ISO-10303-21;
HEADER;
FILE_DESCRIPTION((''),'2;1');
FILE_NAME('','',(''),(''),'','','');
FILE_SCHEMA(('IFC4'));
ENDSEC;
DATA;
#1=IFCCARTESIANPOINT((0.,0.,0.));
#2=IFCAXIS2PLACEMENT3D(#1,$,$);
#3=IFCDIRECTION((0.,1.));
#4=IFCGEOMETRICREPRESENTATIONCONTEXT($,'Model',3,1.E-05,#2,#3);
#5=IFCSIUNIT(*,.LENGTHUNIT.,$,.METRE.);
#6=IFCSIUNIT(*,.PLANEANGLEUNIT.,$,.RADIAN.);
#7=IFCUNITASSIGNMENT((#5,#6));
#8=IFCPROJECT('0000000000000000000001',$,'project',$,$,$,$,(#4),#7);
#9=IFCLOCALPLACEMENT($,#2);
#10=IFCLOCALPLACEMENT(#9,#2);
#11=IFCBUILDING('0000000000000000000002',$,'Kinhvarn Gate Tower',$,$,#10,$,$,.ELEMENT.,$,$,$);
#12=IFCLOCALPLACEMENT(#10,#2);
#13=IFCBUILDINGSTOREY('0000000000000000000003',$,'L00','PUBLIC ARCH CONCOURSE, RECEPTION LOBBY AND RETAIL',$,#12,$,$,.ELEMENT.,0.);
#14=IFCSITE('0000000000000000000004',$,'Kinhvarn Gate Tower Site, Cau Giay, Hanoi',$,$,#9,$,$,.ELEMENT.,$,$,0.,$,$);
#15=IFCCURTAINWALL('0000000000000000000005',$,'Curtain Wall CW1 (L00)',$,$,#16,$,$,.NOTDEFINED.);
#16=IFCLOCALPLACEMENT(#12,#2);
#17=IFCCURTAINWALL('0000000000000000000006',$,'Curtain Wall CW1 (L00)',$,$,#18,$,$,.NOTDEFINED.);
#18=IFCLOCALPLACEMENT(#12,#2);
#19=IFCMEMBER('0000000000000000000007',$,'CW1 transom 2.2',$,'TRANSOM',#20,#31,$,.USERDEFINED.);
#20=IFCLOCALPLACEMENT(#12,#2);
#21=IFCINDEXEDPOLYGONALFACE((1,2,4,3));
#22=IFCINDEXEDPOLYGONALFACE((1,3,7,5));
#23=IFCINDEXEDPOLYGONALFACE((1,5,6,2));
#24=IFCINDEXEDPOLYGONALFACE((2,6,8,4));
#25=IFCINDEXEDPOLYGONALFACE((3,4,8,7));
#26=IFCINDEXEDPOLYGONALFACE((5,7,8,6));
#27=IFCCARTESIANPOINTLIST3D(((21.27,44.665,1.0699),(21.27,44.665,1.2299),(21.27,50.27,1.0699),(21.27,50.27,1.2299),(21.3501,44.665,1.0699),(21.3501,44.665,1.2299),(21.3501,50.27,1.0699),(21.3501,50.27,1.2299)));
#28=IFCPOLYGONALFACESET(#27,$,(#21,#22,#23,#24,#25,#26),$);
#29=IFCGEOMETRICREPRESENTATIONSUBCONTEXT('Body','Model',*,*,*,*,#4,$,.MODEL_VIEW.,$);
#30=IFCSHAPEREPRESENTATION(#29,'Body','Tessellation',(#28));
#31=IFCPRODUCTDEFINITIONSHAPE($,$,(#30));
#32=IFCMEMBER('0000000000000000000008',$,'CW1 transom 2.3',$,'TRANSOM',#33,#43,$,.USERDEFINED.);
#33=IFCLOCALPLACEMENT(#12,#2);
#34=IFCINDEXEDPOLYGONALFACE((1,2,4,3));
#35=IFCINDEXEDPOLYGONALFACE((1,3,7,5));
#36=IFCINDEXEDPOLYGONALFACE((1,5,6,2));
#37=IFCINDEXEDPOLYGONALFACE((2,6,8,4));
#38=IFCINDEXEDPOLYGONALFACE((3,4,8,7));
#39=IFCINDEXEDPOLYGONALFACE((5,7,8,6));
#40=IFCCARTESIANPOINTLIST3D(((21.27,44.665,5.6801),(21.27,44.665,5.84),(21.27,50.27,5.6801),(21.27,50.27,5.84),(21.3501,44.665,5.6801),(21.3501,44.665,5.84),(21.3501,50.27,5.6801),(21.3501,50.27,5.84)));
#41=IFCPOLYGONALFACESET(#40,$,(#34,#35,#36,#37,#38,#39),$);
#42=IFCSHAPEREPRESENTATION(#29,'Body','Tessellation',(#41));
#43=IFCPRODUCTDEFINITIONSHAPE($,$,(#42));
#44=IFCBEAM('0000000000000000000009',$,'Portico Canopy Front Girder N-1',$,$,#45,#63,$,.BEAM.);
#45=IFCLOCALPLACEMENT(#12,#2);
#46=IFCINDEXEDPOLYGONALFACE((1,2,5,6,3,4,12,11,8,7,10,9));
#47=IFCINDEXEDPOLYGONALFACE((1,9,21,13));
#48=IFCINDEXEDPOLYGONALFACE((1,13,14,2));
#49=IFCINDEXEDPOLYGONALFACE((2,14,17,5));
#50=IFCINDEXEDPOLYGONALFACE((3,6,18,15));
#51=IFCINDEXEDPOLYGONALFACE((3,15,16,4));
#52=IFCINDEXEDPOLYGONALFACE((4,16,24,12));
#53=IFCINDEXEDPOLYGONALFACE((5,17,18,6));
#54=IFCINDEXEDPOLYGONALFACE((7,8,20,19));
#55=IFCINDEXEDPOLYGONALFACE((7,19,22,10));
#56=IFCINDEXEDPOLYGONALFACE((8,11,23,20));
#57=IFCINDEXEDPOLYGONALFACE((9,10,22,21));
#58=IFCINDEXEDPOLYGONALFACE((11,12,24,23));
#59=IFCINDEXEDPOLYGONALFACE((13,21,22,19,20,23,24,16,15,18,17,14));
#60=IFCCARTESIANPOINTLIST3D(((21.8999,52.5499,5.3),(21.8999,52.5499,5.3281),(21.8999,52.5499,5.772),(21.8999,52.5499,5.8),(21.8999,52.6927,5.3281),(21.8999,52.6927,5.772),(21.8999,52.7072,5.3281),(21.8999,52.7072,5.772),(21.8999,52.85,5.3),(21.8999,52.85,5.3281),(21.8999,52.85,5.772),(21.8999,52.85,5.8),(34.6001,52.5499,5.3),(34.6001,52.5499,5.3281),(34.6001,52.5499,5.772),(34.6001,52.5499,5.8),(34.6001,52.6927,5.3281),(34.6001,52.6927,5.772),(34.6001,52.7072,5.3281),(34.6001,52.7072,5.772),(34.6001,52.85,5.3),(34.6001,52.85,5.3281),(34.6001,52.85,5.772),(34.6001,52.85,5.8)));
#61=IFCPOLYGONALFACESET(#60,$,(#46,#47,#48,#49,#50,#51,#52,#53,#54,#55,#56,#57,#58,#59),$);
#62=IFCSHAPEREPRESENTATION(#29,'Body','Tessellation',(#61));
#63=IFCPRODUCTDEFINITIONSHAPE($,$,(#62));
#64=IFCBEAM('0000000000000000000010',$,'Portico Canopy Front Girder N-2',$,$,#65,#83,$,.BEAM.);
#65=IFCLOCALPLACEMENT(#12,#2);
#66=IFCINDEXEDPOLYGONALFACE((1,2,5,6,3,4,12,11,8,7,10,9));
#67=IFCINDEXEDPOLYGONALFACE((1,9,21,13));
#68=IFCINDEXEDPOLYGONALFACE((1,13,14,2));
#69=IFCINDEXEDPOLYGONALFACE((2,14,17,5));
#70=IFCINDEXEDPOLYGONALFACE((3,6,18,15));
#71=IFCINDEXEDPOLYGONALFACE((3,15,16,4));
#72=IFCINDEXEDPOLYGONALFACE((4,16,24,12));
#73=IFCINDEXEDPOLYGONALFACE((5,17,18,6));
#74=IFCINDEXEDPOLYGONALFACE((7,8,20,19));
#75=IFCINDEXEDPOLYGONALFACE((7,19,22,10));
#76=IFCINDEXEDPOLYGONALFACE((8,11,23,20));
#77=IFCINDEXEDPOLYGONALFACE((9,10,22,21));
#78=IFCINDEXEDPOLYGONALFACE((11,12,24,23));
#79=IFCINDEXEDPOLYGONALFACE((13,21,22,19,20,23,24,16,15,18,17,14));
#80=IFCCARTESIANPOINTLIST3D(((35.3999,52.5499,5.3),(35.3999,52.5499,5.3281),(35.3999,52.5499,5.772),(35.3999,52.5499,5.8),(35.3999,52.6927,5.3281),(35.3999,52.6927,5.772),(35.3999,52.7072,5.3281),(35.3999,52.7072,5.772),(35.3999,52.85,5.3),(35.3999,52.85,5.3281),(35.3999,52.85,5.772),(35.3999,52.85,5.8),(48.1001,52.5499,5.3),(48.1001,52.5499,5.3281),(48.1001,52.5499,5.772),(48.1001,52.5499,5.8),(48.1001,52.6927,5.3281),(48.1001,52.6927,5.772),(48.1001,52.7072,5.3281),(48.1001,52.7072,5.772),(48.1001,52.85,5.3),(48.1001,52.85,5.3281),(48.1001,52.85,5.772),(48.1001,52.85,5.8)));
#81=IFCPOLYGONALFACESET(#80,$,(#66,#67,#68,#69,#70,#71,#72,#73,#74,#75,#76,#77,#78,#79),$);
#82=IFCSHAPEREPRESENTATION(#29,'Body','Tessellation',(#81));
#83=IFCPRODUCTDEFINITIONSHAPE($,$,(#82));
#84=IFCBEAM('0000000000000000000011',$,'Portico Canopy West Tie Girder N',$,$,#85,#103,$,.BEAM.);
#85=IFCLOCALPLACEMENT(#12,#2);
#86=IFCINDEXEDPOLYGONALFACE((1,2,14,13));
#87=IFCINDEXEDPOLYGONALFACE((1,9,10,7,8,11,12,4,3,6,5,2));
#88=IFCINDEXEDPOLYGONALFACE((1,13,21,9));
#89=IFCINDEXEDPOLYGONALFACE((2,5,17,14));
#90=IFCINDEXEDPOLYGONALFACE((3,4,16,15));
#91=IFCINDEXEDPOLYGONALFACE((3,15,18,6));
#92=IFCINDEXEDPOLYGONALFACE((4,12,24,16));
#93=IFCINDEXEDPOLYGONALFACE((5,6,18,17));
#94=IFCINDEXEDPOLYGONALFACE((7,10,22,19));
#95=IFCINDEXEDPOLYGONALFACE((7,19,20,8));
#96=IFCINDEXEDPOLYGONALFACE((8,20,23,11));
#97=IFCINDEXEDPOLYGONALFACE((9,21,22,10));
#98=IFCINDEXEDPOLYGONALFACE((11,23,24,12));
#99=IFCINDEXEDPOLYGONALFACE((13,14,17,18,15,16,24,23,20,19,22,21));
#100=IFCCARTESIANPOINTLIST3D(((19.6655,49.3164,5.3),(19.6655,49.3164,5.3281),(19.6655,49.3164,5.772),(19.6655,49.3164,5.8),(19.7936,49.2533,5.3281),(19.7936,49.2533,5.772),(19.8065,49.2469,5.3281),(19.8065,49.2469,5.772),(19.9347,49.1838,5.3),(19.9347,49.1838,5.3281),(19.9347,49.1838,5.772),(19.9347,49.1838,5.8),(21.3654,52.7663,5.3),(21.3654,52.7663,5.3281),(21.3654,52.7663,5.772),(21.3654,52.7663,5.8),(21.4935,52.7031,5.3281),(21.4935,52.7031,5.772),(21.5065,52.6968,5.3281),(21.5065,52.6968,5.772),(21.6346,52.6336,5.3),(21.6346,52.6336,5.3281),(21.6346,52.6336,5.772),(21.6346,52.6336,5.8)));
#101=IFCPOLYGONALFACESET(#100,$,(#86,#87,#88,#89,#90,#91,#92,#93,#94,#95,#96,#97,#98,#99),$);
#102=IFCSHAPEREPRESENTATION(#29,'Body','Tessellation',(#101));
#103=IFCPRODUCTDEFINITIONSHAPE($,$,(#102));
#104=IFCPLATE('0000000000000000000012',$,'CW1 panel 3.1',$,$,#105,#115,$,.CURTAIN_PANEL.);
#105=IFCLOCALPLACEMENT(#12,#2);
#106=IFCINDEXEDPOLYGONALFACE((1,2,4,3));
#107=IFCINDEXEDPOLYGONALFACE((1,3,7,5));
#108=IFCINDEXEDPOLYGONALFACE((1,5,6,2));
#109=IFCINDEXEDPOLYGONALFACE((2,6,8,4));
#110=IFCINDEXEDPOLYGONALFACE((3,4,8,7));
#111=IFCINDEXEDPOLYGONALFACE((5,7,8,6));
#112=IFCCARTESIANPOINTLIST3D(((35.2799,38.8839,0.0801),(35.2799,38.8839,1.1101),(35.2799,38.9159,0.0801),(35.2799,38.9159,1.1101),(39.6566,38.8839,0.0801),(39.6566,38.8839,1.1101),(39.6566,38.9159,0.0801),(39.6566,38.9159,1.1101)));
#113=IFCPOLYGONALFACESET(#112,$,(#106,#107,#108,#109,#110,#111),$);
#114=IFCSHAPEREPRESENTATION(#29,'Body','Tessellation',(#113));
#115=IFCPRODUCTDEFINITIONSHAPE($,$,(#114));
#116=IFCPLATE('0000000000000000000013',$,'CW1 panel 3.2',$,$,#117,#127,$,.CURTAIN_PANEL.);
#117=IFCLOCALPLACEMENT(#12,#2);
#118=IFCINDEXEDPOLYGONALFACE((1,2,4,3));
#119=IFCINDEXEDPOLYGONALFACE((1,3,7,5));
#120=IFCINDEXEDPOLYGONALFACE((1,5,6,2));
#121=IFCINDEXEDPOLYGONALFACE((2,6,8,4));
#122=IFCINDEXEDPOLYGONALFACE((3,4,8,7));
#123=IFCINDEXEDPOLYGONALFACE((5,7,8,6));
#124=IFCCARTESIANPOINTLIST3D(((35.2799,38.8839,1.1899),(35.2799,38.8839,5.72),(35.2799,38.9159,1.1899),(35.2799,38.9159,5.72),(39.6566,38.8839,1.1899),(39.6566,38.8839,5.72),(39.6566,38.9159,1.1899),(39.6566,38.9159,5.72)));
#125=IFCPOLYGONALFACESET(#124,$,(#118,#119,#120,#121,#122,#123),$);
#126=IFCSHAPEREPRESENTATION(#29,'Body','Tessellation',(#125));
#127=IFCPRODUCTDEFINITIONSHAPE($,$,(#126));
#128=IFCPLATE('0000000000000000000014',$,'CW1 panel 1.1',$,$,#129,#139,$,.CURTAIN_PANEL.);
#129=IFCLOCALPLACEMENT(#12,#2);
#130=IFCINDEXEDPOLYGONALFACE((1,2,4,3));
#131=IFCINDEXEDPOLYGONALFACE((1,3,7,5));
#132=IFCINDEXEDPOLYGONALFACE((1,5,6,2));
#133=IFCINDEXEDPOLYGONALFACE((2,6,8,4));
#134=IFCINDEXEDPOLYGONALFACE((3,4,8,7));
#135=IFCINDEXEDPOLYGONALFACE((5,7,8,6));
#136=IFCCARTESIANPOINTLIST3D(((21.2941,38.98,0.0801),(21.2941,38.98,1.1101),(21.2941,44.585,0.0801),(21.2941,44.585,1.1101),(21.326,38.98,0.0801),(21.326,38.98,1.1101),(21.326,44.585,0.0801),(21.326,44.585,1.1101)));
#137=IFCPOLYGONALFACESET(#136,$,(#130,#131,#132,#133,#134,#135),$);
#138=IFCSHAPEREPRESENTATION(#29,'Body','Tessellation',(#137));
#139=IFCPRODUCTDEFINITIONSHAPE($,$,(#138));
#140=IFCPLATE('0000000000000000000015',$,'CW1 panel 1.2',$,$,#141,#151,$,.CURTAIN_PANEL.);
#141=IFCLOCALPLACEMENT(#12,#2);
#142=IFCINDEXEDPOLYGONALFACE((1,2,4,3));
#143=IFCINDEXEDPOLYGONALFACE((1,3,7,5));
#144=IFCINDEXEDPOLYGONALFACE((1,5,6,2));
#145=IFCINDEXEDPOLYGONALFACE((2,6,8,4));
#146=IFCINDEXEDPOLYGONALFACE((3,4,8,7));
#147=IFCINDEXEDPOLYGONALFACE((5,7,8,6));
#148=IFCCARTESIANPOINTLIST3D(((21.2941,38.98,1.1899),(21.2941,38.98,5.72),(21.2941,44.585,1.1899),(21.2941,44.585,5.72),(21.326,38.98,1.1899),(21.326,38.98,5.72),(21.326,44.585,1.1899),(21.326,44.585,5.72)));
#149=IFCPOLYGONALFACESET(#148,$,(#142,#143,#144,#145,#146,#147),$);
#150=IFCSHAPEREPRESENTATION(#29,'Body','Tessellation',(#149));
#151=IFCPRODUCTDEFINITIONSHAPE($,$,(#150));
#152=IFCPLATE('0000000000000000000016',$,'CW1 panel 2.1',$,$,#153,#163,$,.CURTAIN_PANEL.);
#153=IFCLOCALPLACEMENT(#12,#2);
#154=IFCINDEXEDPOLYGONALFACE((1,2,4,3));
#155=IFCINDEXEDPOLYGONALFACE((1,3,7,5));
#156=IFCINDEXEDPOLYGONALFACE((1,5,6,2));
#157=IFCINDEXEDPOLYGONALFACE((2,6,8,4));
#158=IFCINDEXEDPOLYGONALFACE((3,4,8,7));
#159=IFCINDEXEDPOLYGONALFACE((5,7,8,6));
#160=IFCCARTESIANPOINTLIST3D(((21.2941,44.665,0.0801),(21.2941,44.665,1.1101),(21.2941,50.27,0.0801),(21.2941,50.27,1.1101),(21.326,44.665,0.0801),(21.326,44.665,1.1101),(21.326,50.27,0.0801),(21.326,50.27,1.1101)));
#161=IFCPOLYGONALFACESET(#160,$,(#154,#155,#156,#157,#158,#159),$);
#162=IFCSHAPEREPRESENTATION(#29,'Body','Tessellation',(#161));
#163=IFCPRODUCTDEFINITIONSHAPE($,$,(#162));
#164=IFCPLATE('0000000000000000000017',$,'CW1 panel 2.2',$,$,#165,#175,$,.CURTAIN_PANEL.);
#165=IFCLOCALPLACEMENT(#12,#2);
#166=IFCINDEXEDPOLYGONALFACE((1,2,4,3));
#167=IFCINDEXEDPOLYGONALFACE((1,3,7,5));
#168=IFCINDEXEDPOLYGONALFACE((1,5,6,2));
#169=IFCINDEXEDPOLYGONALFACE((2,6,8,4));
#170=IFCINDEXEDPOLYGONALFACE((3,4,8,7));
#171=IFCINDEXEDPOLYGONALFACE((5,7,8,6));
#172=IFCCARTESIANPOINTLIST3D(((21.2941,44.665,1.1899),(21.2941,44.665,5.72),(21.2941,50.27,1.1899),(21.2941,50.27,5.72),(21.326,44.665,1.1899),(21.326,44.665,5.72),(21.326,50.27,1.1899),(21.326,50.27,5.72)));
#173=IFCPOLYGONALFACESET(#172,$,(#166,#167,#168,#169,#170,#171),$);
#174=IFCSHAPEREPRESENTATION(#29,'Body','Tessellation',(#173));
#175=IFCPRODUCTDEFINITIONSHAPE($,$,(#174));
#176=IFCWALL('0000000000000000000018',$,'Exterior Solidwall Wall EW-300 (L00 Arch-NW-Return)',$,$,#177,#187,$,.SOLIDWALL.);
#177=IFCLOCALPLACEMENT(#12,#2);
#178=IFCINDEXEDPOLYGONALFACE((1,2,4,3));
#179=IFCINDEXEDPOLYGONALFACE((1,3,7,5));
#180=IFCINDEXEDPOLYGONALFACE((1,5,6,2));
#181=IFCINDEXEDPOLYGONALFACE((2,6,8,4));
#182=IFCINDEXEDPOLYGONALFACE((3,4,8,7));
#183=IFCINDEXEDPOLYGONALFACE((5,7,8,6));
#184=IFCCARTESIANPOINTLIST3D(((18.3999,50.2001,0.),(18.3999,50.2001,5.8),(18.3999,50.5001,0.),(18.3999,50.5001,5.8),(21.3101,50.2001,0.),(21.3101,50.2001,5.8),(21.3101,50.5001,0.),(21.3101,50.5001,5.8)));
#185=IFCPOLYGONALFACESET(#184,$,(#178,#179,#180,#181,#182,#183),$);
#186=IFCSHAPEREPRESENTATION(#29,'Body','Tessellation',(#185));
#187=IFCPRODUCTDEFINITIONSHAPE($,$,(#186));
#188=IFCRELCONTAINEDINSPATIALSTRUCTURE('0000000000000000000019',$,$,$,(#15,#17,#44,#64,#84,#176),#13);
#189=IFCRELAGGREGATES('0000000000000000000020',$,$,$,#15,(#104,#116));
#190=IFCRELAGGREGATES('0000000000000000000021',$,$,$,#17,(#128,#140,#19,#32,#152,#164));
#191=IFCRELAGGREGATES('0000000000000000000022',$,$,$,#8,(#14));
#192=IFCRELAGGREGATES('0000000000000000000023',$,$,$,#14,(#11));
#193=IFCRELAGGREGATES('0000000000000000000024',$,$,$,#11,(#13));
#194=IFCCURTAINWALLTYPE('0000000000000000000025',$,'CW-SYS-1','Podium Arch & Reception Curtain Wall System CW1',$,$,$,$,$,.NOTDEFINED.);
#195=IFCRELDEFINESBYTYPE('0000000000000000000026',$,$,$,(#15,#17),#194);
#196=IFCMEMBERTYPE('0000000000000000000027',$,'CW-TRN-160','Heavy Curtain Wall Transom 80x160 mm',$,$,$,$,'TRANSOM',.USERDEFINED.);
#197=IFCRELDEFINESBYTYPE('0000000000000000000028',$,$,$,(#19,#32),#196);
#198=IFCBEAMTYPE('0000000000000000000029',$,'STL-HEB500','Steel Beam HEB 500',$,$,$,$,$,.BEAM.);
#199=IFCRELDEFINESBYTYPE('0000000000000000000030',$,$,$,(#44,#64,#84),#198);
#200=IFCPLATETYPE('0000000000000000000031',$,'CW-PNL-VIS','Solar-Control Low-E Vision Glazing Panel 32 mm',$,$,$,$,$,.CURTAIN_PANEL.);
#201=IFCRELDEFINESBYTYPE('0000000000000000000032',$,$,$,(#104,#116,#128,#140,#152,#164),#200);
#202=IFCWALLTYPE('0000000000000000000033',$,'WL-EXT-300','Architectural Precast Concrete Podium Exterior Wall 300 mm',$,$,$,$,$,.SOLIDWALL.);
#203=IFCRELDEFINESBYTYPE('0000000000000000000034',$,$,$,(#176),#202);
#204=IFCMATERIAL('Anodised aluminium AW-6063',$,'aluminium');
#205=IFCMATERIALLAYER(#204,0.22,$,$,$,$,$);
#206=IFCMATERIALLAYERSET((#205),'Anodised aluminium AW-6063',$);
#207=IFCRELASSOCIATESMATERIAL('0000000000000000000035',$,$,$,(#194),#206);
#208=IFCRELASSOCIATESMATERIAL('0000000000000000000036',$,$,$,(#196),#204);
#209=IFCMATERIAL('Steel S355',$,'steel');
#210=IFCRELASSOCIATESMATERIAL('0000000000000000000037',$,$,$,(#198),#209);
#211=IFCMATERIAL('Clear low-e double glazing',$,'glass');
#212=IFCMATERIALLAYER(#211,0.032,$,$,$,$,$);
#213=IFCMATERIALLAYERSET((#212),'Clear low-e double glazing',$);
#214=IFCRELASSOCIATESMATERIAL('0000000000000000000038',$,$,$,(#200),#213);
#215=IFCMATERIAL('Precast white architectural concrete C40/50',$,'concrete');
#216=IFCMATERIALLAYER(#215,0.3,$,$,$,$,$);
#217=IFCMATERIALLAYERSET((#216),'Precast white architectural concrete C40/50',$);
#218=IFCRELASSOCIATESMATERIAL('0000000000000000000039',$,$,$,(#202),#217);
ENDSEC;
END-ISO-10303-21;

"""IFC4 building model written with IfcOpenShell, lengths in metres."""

from ifc_helpers import new_model, si_unit, direction, frame, frame_2d, origin, origin_2d, place, context, subcontext, project, spatial, rectangle, i_section, extrude, material, layer, layer_set, material_profile, profile_set, type_object, element, aggregate, save


model = new_model("IFC4")

# Units and contexts
model_context = context("Model", 3, precision=1e-05, world=origin(), true_north=direction((0.0, 1.0)))
body_context = subcontext(model_context, "Body", "Model", "MODEL_VIEW")
ifc_project = project(units=[si_unit("LENGTHUNIT", "METRE"), si_unit("PLANEANGLEUNIT", "RADIAN")], contexts=[model_context])

# Site, building, storey
site_placement = place(None, origin())
site = spatial("IfcSite", under=ifc_project, at=site_placement, Name="Kinhvarn Gate Tower Site, Cau Giay, Hanoi", CompositionType="ELEMENT", RefElevation=0.0)
building_placement = place(site_placement, origin())
building = spatial("IfcBuilding", under=site, at=building_placement, Name="Kinhvarn Gate Tower", CompositionType="ELEMENT")
storey_placement = place(building_placement, origin())
storey = spatial("IfcBuildingStorey", under=building, at=storey_placement, Name="L00", Description="PUBLIC ARCH CONCOURSE, RECEPTION LOBBY AND RETAIL", CompositionType="ELEMENT", Elevation=0.0)

# Curtain wall
ifc_material_1 = material(Name="Anodised aluminium AW-6063", Category="aluminium")
ifc_layer_1 = layer(ifc_material_1, 0.22)
ifc_layer_set_1 = layer_set([ifc_layer_1], Name="Anodised aluminium AW-6063")
curtain_wall_type = type_object("IfcCurtainWallType", Name="CW-SYS-1", Description="Podium Arch & Reception Curtain Wall System CW1", PredefinedType="NOTDEFINED", material=ifc_layer_set_1)
curtain_wall_1_placement = place(storey_placement, origin())
curtain_wall_1 = element("IfcCurtainWall", 1, at=curtain_wall_1_placement, inside=storey, type_object=curtain_wall_type, Name="Curtain Wall CW1 (L00)", PredefinedType="NOTDEFINED")

# Curtain wall
curtain_wall_2_placement = place(storey_placement, origin())
curtain_wall_2 = element("IfcCurtainWall", 2, at=curtain_wall_2_placement, inside=storey, type_object=curtain_wall_type, Name="Curtain Wall CW1 (L00)", PredefinedType="NOTDEFINED")

# Members
ifc_material_profile_1 = material_profile(ifc_material_1, rectangle(XDim=0.0801, YDim=0.1599, at=origin_2d()), Name="ALU 80x160")
ifc_profile_set_1 = profile_set([ifc_material_profile_1], Name="Anodised aluminium AW-6063")
member_type_1 = type_object("IfcMemberType", Name="CW-TRN-160", Description="Heavy Curtain Wall Transom 80x160 mm", ElementType="TRANSOM", PredefinedType="USERDEFINED", material=ifc_profile_set_1)
member_1_placement = place(storey_placement, frame((21.3101, 44.665, 1.1499), z_axis=(0.0, 1.0, 0.0), x_axis=(-1.0, 0.0, 0.0)))
member_1 = element("IfcMember", 3, at=member_1_placement, type_object=member_type_1, Name="CW1 transom 2.2", ObjectType="TRANSOM", PredefinedType="USERDEFINED", context=body_context, shape_type="SweptSolid", body=[
    extrude(rectangle(XDim=0.0801, YDim=0.1599, at=origin_2d()), origin(), (0.0, 0.0, 1.0), 5.605),
])
member_2_placement = place(storey_placement, frame((21.3101, 44.665, 5.76), z_axis=(0.0, 1.0, 0.0), x_axis=(-1.0, 0.0, 0.0)))
member_2 = element("IfcMember", 4, at=member_2_placement, type_object=member_type_1, Name="CW1 transom 2.3", ObjectType="TRANSOM", PredefinedType="USERDEFINED", context=body_context, shape_type="SweptSolid", body=[
    extrude(rectangle(XDim=0.0801, YDim=0.1599, at=origin_2d()), origin(), (0.0, 0.0, 1.0), 5.605),
])

# Beams
ifc_material_2 = material(Name="Steel S355", Category="steel")
ifc_material_profile_2 = material_profile(ifc_material_2, i_section(OverallWidth=0.3, OverallDepth=0.5, WebThickness=0.0144, FlangeThickness=0.0281, at=origin_2d()), Name="HEB 500")
ifc_profile_set_2 = profile_set([ifc_material_profile_2], Name="Steel S355")
beam_type = type_object("IfcBeamType", Name="STL-HEB500", Description="Steel Beam HEB 500", PredefinedType="BEAM", material=ifc_profile_set_2)
for number, where, z_axis, x_axis, name in (
    (5, (21.8999, 52.7, 5.55), (1.0, 0.0, 0.0), (0.0, 1.0, 0.0), "Portico Canopy Front Girder N-1"),
    (6, (35.3999, 52.7, 5.55), (1.0, 0.0, 0.0), (0.0, 1.0, 0.0), "Portico Canopy Front Girder N-2"),
):
    element("IfcBeam", number, at=place(storey_placement, frame(where, z_axis=z_axis, x_axis=x_axis)), inside=storey, type_object=beam_type, Name=name, PredefinedType="BEAM", context=body_context, shape_type="SweptSolid", body=[
        extrude(i_section(OverallWidth=0.3, OverallDepth=0.5, WebThickness=0.0144, FlangeThickness=0.0281, at=origin_2d()), origin(), (0.0, 0.0, 1.0), 12.7002),
    ])
beam_placement = place(storey_placement, frame((21.5, 52.7, 5.55), z_axis=(-0.442001, -0.897015, 0.0), x_axis=(0.897015, -0.442001, 0.0)))
element("IfcBeam", 7, at=beam_placement, inside=storey, type_object=beam_type, Name="Portico Canopy West Tie Girder N", PredefinedType="BEAM", context=body_context, shape_type="SweptSolid", body=[
    extrude(i_section(OverallWidth=0.3, OverallDepth=0.5, WebThickness=0.0144, FlangeThickness=0.0281, at=origin_2d()), origin(), (0.0, 0.0, 1.0), 3.8459),
])

# Plates
ifc_material_3 = material(Name="Clear low-e double glazing", Category="glass")
ifc_layer_2 = layer(ifc_material_3, 0.032)
ifc_layer_set_2 = layer_set([ifc_layer_2], Name="Clear low-e double glazing")
plate_type = type_object("IfcPlateType", Name="CW-PNL-VIS", Description="Solar-Control Low-E Vision Glazing Panel 32 mm", PredefinedType="CURTAIN_PANEL", material=ifc_layer_set_2)
plate_1_placement = place(storey_placement, frame((37.4683, 38.8999, 0.0801), z_axis=(0.0, 0.0, 1.0), x_axis=(-1.0, 0.0, 0.0)))
plate_1 = element("IfcPlate", 8, at=plate_1_placement, type_object=plate_type, Name="CW1 panel 3.1", PredefinedType="CURTAIN_PANEL", context=body_context, shape_type="SweptSolid", body=[
    extrude(rectangle(XDim=4.3767, YDim=0.032, at=origin_2d()), origin(), (0.0, 0.0, 1.0), 1.03),
])
plate_2_placement = place(storey_placement, frame((37.4683, 38.8999, 1.1899), z_axis=(0.0, 0.0, 1.0), x_axis=(-1.0, 0.0, 0.0)))
plate_2 = element("IfcPlate", 9, at=plate_2_placement, type_object=plate_type, Name="CW1 panel 3.2", PredefinedType="CURTAIN_PANEL", context=body_context, shape_type="SweptSolid", body=[
    extrude(rectangle(XDim=4.3767, YDim=0.032, at=origin_2d()), origin(), (0.0, 0.0, 1.0), 4.53),
])
aggregate(curtain_wall_1, [plate_1, plate_2])
plate_3_placement = place(storey_placement, frame((21.3101, 41.7825, 0.0801), z_axis=(0.0, 0.0, 1.0), x_axis=(0.0, 1.0, 0.0)))
plate_3 = element("IfcPlate", 10, at=plate_3_placement, type_object=plate_type, Name="CW1 panel 1.1", PredefinedType="CURTAIN_PANEL", context=body_context, shape_type="SweptSolid", body=[
    extrude(rectangle(XDim=5.605, YDim=0.032, at=origin_2d()), origin(), (0.0, 0.0, 1.0), 1.03),
])
plate_4_placement = place(storey_placement, frame((21.3101, 41.7825, 1.1899), z_axis=(0.0, 0.0, 1.0), x_axis=(0.0, 1.0, 0.0)))
plate_4 = element("IfcPlate", 11, at=plate_4_placement, type_object=plate_type, Name="CW1 panel 1.2", PredefinedType="CURTAIN_PANEL", context=body_context, shape_type="SweptSolid", body=[
    extrude(rectangle(XDim=5.605, YDim=0.032, at=origin_2d()), origin(), (0.0, 0.0, 1.0), 4.53),
])
plate_5_placement = place(storey_placement, frame((21.3101, 47.4675, 0.0801), z_axis=(0.0, 0.0, 1.0), x_axis=(0.0, 1.0, 0.0)))
plate_5 = element("IfcPlate", 12, at=plate_5_placement, type_object=plate_type, Name="CW1 panel 2.1", PredefinedType="CURTAIN_PANEL", context=body_context, shape_type="SweptSolid", body=[
    extrude(rectangle(XDim=5.605, YDim=0.032, at=origin_2d()), origin(), (0.0, 0.0, 1.0), 1.03),
])
plate_6_placement = place(storey_placement, frame((21.3101, 47.4675, 1.1899), z_axis=(0.0, 0.0, 1.0), x_axis=(0.0, 1.0, 0.0)))
plate_6 = element("IfcPlate", 13, at=plate_6_placement, type_object=plate_type, Name="CW1 panel 2.2", PredefinedType="CURTAIN_PANEL", context=body_context, shape_type="SweptSolid", body=[
    extrude(rectangle(XDim=5.605, YDim=0.032, at=origin_2d()), origin(), (0.0, 0.0, 1.0), 4.53),
])
aggregate(curtain_wall_2, [plate_3, plate_4, member_1, member_2, plate_5, plate_6])

# Wall
ifc_material_4 = material(Name="Precast white architectural concrete C40/50", Category="concrete")
ifc_layer_3 = layer(ifc_material_4, 0.3)
ifc_layer_set_3 = layer_set([ifc_layer_3], Name="Precast white architectural concrete C40/50")
wall_type = type_object("IfcWallType", Name="WL-EXT-300", Description="Architectural Precast Concrete Podium Exterior Wall 300 mm", PredefinedType="SOLIDWALL", material=ifc_layer_set_3)
wall_placement = place(storey_placement, frame((21.3101, 50.3501, 0.0), z_axis=(0.0, 0.0, 1.0), x_axis=(-1.0, 0.0, 0.0)))
element("IfcWall", 14, at=wall_placement, inside=storey, type_object=wall_type, Name="Exterior Solidwall Wall EW-300 (L00 Arch-NW-Return)", PredefinedType="SOLIDWALL", context=body_context, shape_type="SweptSolid", body=[
    extrude(rectangle(XDim=2.9102, YDim=0.3, at=frame_2d((1.4551, 0.0))), origin(), (0.0, 0.0, 1.0), 5.8),
])

save(model, "model.ifc")
